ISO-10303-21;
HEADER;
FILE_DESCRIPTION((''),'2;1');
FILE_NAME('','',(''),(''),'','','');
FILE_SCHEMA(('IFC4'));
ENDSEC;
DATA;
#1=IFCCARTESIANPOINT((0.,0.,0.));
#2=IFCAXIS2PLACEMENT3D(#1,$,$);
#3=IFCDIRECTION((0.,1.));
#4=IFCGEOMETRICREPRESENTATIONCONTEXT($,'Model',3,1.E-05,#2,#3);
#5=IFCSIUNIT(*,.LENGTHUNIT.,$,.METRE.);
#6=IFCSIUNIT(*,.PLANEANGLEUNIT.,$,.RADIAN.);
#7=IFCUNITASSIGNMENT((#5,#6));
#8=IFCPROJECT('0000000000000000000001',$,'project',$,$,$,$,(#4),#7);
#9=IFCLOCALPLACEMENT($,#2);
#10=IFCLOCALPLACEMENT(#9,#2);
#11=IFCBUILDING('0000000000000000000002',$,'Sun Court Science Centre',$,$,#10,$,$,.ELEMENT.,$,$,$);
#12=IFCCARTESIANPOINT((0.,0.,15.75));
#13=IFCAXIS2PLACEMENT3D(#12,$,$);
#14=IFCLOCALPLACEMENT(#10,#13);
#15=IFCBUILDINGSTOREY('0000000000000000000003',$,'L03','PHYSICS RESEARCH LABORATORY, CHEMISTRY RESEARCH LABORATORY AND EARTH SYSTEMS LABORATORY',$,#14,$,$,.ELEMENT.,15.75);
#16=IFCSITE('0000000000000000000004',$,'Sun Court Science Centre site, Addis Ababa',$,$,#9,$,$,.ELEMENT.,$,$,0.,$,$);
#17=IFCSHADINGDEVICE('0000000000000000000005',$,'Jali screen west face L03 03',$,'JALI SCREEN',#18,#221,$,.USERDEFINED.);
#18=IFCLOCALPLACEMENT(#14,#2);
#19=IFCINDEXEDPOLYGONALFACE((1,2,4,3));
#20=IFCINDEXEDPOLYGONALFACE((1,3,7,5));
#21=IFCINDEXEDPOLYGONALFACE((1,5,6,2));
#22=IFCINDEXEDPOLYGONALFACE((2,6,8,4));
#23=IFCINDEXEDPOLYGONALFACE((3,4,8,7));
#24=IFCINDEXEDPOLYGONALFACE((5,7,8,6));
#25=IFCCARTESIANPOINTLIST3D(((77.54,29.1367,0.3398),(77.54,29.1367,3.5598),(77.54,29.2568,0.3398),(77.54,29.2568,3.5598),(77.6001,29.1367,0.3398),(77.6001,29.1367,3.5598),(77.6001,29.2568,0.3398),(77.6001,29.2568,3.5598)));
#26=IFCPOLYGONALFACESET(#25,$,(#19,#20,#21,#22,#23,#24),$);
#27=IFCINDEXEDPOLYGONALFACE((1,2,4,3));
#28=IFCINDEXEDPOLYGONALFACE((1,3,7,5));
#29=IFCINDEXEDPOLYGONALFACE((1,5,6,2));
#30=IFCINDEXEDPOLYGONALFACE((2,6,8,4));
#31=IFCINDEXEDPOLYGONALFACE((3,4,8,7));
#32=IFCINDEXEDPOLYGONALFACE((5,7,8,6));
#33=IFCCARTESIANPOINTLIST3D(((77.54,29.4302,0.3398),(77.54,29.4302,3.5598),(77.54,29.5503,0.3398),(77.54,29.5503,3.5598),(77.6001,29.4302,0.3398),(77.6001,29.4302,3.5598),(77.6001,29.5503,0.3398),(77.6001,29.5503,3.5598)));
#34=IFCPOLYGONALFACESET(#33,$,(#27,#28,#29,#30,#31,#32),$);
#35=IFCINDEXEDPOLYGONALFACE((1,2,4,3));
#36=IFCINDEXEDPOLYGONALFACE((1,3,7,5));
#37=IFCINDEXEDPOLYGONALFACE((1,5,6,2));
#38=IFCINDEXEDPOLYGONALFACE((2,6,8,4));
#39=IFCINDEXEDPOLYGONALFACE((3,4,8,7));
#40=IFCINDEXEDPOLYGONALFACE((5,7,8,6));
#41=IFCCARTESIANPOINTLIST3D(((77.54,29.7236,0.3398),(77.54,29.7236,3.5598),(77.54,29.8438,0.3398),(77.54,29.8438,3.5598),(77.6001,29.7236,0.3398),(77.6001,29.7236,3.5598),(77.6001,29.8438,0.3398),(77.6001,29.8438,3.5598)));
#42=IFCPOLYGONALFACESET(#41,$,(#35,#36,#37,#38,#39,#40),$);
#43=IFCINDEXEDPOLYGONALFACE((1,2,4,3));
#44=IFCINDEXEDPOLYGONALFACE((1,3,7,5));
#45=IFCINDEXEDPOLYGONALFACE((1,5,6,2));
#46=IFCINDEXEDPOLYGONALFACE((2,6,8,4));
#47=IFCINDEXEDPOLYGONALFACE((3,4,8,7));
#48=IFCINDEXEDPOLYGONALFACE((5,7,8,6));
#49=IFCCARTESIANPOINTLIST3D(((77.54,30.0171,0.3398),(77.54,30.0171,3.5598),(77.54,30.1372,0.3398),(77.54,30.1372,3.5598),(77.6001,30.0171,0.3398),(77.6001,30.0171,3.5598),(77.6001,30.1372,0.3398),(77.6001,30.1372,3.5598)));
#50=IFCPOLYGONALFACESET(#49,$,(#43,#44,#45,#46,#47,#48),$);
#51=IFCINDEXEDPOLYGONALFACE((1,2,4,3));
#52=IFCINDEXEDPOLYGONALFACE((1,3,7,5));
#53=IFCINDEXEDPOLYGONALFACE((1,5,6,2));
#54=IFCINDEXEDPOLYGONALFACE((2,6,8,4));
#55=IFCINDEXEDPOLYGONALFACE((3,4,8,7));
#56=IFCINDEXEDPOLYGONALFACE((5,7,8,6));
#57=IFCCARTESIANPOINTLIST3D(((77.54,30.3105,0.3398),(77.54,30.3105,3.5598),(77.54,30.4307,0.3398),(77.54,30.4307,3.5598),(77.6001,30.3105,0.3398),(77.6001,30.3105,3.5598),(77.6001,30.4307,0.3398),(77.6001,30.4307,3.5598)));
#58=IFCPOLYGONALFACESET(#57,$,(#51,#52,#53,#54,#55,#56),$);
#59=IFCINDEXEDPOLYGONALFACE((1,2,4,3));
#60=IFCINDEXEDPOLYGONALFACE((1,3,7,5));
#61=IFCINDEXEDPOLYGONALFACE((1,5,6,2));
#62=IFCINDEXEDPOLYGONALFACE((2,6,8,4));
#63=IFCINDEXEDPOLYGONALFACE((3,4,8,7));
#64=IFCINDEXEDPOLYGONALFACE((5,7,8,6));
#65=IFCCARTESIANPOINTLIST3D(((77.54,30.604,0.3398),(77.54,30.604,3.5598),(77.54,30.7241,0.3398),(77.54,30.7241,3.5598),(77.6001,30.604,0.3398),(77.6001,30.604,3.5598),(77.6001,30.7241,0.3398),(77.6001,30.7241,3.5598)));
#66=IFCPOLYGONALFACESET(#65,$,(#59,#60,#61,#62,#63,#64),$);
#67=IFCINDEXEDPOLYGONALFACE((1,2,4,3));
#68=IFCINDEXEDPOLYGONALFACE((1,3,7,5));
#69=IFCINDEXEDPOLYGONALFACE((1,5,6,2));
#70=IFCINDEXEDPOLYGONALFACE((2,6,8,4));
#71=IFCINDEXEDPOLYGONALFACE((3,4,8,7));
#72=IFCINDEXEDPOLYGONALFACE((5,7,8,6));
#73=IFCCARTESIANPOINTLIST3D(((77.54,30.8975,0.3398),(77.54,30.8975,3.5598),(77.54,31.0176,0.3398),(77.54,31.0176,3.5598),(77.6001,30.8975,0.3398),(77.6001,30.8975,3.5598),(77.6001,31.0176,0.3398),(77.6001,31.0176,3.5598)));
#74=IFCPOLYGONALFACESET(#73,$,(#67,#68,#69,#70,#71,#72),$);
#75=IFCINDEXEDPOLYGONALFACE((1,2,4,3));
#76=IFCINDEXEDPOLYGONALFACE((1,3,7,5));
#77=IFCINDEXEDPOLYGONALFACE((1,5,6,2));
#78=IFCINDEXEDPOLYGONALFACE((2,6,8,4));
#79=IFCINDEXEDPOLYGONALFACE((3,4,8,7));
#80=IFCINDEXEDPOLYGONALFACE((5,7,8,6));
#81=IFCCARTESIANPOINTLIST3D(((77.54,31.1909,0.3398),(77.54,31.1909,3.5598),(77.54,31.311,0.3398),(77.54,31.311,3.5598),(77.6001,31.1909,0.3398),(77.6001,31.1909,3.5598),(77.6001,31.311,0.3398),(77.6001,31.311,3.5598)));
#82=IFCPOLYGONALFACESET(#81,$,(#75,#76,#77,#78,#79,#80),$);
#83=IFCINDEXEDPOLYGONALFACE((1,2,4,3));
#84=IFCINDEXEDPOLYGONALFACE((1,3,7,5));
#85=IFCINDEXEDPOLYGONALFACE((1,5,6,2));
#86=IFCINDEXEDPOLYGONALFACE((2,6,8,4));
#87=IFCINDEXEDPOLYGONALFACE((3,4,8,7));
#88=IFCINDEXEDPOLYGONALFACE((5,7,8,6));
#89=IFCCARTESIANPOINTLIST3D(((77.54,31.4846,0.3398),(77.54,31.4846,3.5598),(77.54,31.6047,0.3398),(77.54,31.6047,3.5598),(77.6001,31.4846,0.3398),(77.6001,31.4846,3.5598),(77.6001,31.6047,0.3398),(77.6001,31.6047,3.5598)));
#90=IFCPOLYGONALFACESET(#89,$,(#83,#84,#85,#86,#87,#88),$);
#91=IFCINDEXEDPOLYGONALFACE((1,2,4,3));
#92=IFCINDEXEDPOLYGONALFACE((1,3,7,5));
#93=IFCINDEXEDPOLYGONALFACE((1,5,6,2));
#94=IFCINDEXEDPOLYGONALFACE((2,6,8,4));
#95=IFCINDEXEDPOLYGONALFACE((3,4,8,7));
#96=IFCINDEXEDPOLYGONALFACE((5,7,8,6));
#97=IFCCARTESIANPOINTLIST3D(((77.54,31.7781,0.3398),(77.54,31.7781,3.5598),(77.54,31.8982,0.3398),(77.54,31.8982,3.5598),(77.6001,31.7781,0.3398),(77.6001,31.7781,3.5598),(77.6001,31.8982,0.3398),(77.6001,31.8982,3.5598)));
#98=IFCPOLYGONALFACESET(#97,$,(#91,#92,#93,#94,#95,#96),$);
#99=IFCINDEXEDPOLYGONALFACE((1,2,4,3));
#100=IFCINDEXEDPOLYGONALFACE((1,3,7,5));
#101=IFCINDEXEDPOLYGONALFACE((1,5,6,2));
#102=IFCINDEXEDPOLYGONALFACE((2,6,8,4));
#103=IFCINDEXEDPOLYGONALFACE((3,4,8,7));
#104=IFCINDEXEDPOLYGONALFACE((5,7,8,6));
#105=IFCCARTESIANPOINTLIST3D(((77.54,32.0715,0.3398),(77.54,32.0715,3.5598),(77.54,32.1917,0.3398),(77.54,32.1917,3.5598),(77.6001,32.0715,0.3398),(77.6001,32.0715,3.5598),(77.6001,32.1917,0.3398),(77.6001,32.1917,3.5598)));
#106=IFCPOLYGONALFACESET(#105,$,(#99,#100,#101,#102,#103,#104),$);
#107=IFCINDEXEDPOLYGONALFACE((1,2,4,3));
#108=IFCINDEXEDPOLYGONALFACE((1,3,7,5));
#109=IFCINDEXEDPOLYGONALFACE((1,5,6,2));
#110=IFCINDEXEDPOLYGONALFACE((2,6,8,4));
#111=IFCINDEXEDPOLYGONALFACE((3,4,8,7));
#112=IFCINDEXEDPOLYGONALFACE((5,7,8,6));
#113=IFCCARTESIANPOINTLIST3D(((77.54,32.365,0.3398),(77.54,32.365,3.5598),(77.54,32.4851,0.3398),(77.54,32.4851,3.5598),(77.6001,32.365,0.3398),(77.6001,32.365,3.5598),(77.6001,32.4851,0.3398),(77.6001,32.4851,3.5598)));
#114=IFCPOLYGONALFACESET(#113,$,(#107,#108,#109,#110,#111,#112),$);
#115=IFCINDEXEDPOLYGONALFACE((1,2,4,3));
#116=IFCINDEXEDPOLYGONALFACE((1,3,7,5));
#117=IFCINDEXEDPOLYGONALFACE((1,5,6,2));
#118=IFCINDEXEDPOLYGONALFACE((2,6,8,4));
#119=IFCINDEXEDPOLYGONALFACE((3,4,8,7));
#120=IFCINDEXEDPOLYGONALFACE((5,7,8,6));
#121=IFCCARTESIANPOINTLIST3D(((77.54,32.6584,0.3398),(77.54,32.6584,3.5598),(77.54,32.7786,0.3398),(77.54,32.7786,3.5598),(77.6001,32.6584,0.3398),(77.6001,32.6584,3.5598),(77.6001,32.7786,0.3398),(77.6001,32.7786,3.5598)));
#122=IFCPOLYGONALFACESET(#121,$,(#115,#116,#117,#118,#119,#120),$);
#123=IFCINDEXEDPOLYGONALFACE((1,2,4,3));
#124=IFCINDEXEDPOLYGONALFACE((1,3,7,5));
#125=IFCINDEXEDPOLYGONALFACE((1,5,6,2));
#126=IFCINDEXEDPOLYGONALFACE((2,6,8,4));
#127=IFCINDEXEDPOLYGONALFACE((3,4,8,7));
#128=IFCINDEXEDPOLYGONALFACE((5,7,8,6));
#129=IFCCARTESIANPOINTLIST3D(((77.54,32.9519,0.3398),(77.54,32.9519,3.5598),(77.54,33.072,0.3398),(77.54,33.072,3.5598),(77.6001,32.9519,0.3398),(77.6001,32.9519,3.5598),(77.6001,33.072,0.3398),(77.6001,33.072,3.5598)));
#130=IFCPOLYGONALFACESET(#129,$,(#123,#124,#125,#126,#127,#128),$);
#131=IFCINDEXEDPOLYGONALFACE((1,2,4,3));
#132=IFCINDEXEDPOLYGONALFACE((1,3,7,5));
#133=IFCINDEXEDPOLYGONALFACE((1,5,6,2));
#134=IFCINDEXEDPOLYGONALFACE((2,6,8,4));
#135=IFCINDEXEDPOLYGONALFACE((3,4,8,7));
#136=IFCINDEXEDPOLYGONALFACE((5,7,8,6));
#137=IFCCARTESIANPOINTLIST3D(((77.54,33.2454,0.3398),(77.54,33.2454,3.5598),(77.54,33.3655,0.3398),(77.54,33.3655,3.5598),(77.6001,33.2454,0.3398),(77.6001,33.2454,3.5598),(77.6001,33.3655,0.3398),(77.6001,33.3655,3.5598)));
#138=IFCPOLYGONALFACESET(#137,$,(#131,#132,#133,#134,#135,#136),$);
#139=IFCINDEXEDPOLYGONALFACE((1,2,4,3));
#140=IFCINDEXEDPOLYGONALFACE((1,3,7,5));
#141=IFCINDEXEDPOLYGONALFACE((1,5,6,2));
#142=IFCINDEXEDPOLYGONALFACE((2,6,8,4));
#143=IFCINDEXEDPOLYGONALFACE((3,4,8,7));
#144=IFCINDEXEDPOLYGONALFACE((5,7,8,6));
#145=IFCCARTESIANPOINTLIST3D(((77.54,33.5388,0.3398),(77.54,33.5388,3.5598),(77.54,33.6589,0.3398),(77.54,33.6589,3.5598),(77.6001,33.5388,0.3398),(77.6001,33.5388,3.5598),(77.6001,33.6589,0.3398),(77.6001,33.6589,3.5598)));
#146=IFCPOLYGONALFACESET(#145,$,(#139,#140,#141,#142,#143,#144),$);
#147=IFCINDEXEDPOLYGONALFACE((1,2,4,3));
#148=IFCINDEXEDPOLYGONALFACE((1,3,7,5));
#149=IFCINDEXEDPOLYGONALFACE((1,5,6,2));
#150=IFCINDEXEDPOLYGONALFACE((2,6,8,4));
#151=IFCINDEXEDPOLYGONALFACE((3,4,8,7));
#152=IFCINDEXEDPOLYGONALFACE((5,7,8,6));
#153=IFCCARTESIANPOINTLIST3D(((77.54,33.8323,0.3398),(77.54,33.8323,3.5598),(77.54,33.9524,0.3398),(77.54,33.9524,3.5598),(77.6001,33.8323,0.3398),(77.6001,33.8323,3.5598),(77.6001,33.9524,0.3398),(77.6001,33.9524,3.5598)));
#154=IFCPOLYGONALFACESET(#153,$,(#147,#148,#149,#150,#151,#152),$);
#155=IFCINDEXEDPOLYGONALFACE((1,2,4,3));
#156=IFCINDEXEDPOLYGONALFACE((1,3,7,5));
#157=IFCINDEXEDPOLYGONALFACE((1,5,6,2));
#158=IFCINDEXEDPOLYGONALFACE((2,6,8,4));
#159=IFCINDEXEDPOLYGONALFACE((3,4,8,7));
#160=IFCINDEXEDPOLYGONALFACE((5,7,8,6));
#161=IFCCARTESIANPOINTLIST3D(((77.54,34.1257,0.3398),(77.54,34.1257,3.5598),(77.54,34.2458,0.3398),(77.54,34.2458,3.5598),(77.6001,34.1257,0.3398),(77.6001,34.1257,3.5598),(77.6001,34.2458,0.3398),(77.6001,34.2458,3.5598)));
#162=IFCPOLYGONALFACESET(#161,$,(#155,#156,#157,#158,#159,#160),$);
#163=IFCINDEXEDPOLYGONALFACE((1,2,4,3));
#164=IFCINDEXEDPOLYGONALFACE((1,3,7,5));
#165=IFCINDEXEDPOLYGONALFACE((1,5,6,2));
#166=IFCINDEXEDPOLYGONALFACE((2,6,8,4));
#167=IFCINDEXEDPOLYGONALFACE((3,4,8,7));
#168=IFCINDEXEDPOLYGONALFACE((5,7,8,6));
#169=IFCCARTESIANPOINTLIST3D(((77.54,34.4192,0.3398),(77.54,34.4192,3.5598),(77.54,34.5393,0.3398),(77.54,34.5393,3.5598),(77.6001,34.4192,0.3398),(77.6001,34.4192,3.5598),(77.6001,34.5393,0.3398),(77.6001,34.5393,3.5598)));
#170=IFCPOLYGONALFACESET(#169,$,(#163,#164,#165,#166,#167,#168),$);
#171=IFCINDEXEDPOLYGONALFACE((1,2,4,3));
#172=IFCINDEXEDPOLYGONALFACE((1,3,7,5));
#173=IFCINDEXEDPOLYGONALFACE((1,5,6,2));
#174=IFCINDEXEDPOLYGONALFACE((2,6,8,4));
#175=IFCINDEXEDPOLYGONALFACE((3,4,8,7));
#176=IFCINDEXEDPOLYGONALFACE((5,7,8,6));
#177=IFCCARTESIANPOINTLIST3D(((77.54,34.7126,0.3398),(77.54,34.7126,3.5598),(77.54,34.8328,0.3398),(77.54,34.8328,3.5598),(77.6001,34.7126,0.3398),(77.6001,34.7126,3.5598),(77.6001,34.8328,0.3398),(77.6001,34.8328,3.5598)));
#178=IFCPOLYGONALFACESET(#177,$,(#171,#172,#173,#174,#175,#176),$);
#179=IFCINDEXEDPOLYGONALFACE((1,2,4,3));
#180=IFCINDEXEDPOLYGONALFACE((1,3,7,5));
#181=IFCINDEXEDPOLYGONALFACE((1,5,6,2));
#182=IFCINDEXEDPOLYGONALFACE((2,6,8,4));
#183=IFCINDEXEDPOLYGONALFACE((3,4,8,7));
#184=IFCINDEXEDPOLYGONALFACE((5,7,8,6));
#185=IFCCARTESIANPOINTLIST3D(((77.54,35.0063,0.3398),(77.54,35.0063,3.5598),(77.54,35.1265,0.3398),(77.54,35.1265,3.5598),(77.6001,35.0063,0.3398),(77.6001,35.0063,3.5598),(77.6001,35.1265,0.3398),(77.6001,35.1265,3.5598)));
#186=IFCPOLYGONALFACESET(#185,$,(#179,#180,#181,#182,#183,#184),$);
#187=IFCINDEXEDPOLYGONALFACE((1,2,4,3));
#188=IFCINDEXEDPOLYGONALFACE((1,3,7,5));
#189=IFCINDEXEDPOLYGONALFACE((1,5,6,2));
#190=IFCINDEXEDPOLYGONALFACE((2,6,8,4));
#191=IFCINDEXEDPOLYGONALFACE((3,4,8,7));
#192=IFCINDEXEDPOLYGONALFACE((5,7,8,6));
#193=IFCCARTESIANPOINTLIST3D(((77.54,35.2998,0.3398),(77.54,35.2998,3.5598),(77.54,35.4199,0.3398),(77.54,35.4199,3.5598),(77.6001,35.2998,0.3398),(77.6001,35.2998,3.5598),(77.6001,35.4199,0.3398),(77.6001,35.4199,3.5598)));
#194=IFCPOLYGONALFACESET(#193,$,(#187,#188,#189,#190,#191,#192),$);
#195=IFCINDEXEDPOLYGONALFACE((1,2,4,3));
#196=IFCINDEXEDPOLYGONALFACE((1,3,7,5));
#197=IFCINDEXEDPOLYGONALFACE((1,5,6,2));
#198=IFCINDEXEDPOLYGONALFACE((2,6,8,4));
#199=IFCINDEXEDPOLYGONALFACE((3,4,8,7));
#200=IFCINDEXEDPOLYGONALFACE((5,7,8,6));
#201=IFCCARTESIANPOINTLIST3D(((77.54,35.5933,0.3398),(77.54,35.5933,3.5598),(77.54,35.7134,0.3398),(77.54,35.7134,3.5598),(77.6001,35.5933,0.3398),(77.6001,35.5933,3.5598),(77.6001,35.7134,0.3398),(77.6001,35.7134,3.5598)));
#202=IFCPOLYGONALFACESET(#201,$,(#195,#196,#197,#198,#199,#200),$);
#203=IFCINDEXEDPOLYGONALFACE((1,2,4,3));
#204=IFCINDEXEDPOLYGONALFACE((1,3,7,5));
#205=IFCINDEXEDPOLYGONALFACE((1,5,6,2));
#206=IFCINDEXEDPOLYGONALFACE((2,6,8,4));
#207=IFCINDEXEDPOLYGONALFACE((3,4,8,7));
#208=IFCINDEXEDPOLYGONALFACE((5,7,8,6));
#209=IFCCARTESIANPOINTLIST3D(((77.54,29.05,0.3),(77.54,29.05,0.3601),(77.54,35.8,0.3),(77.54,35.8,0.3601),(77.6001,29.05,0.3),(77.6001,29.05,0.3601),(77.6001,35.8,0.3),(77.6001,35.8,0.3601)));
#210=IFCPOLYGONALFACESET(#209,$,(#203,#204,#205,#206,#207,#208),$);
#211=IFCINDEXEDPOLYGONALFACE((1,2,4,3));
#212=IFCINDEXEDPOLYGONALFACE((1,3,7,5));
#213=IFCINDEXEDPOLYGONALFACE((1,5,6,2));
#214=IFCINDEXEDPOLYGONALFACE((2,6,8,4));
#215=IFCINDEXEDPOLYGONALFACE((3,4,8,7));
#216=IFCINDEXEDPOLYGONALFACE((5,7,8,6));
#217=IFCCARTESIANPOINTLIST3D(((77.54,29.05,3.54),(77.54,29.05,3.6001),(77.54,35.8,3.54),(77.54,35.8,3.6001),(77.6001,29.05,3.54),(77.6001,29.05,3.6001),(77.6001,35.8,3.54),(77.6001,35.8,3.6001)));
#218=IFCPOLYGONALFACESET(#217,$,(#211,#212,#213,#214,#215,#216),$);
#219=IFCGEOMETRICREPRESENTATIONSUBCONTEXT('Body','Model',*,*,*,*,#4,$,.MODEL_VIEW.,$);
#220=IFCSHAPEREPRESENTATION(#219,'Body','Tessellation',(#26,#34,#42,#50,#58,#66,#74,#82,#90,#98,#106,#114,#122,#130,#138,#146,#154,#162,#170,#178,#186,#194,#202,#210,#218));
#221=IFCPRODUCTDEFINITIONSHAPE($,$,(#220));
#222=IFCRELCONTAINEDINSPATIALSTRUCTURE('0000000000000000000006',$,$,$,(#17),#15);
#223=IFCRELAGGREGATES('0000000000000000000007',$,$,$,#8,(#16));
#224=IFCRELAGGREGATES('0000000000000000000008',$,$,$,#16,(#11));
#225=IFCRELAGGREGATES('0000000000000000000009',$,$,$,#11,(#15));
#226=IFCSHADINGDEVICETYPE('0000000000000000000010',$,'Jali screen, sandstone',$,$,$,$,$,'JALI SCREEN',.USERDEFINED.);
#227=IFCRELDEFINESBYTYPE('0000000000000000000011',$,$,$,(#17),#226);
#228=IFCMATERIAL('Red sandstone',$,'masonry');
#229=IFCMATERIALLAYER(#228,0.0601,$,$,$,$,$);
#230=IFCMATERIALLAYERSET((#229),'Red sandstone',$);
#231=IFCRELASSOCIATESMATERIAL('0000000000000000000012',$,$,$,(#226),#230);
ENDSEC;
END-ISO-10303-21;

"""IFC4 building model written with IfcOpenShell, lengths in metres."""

from ifc_helpers import new_model, si_unit, direction, frame, origin, origin_2d, place, context, subcontext, project, spatial, rectangle, extrude, material, layer, layer_set, type_object, element, save


model = new_model("IFC4")

# Units and contexts
model_context = context("Model", 3, precision=1e-05, world=origin(), true_north=direction((0.0, 1.0)))
body_context = subcontext(model_context, "Body", "Model", "MODEL_VIEW")
ifc_project = project(units=[si_unit("LENGTHUNIT", "METRE"), si_unit("PLANEANGLEUNIT", "RADIAN")], contexts=[model_context])

# Site, building, storey
site_placement = place(None, origin())
site = spatial("IfcSite", under=ifc_project, at=site_placement, Name="Sun Court Science Centre site, Addis Ababa", CompositionType="ELEMENT", RefElevation=0.0)
building_placement = place(site_placement, origin())
building = spatial("IfcBuilding", under=site, at=building_placement, Name="Sun Court Science Centre", CompositionType="ELEMENT")
storey_placement = place(building_placement, frame((0.0, 0.0, 15.75)))
storey = spatial("IfcBuildingStorey", under=building, at=storey_placement, Name="L03", Description="PHYSICS RESEARCH LABORATORY, CHEMISTRY RESEARCH LABORATORY AND EARTH SYSTEMS LABORATORY", CompositionType="ELEMENT", Elevation=15.75)

# Shading device
ifc_material_1 = material(Name="Red sandstone", Category="masonry")
ifc_layer_1 = layer(ifc_material_1, 0.0601)
ifc_layer_set_1 = layer_set([ifc_layer_1], Name="Red sandstone")
shading_device_type = type_object("IfcShadingDeviceType", Name="Jali screen, sandstone", ElementType="JALI SCREEN", PredefinedType="USERDEFINED", material=ifc_layer_set_1)
shading_device_1_placement = place(storey_placement, frame((0.0, 0.0, -15.75)))
element("IfcShadingDevice", 1, at=shading_device_1_placement, inside=storey, type_object=shading_device_type, Name="Jali screen west face L03 03", ObjectType="JALI SCREEN", PredefinedType="USERDEFINED", context=body_context, shape_type="SweptSolid", body=[
    extrude(rectangle(XDim=0.1201, YDim=0.0601, at=origin_2d()), frame((77.5701, 29.1968, 16.0898), z_axis=(0.0, 0.0, 1.0), x_axis=(0.0, 1.0, 0.0)), (0.0, 0.0, 1.0), 3.22),
    extrude(rectangle(XDim=0.1201, YDim=0.0601, at=origin_2d()), frame((77.5701, 29.4902, 16.0898), z_axis=(0.0, 0.0, 1.0), x_axis=(0.0, 1.0, 0.0)), (0.0, 0.0, 1.0), 3.22),
    extrude(rectangle(XDim=0.1201, YDim=0.0601, at=origin_2d()), frame((77.5701, 29.7837, 16.0898), z_axis=(0.0, 0.0, 1.0), x_axis=(0.0, 1.0, 0.0)), (0.0, 0.0, 1.0), 3.22),
    extrude(rectangle(XDim=0.1201, YDim=0.0601, at=origin_2d()), frame((77.5701, 30.0771, 16.0898), z_axis=(0.0, 0.0, 1.0), x_axis=(0.0, 1.0, 0.0)), (0.0, 0.0, 1.0), 3.22),
    extrude(rectangle(XDim=0.1201, YDim=0.0601, at=origin_2d()), frame((77.5701, 30.3706, 16.0898), z_axis=(0.0, 0.0, 1.0), x_axis=(0.0, 1.0, 0.0)), (0.0, 0.0, 1.0), 3.22),
    extrude(rectangle(XDim=0.1201, YDim=0.0601, at=origin_2d()), frame((77.5701, 30.6641, 16.0898), z_axis=(0.0, 0.0, 1.0), x_axis=(0.0, 1.0, 0.0)), (0.0, 0.0, 1.0), 3.22),
    extrude(rectangle(XDim=0.1201, YDim=0.0601, at=origin_2d()), frame((77.5701, 30.9575, 16.0898), z_axis=(0.0, 0.0, 1.0), x_axis=(0.0, 1.0, 0.0)), (0.0, 0.0, 1.0), 3.22),
    extrude(rectangle(XDim=0.1201, YDim=0.0601, at=origin_2d()), frame((77.5701, 31.251, 16.0898), z_axis=(0.0, 0.0, 1.0), x_axis=(0.0, 1.0, 0.0)), (0.0, 0.0, 1.0), 3.22),
    extrude(rectangle(XDim=0.1201, YDim=0.0601, at=origin_2d()), frame((77.5701, 31.5447, 16.0898), z_axis=(0.0, 0.0, 1.0), x_axis=(0.0, 1.0, 0.0)), (0.0, 0.0, 1.0), 3.22),
    extrude(rectangle(XDim=0.1201, YDim=0.0601, at=origin_2d()), frame((77.5701, 31.8381, 16.0898), z_axis=(0.0, 0.0, 1.0), x_axis=(0.0, 1.0, 0.0)), (0.0, 0.0, 1.0), 3.22),
    extrude(rectangle(XDim=0.1201, YDim=0.0601, at=origin_2d()), frame((77.5701, 32.1316, 16.0898), z_axis=(0.0, 0.0, 1.0), x_axis=(0.0, 1.0, 0.0)), (0.0, 0.0, 1.0), 3.22),
    extrude(rectangle(XDim=0.1201, YDim=0.0601, at=origin_2d()), frame((77.5701, 32.425, 16.0898), z_axis=(0.0, 0.0, 1.0), x_axis=(0.0, 1.0, 0.0)), (0.0, 0.0, 1.0), 3.22),
    extrude(rectangle(XDim=0.1201, YDim=0.0601, at=origin_2d()), frame((77.5701, 32.7185, 16.0898), z_axis=(0.0, 0.0, 1.0), x_axis=(0.0, 1.0, 0.0)), (0.0, 0.0, 1.0), 3.22),
    extrude(rectangle(XDim=0.1201, YDim=0.0601, at=origin_2d()), frame((77.5701, 33.012, 16.0898), z_axis=(0.0, 0.0, 1.0), x_axis=(0.0, 1.0, 0.0)), (0.0, 0.0, 1.0), 3.22),
    extrude(rectangle(XDim=0.1201, YDim=0.0601, at=origin_2d()), frame((77.5701, 33.3054, 16.0898), z_axis=(0.0, 0.0, 1.0), x_axis=(0.0, 1.0, 0.0)), (0.0, 0.0, 1.0), 3.22),
    extrude(rectangle(XDim=0.1201, YDim=0.0601, at=origin_2d()), frame((77.5701, 33.5989, 16.0898), z_axis=(0.0, 0.0, 1.0), x_axis=(0.0, 1.0, 0.0)), (0.0, 0.0, 1.0), 3.22),
    extrude(rectangle(XDim=0.1201, YDim=0.0601, at=origin_2d()), frame((77.5701, 33.8923, 16.0898), z_axis=(0.0, 0.0, 1.0), x_axis=(0.0, 1.0, 0.0)), (0.0, 0.0, 1.0), 3.22),
    extrude(rectangle(XDim=0.1201, YDim=0.0601, at=origin_2d()), frame((77.5701, 34.1858, 16.0898), z_axis=(0.0, 0.0, 1.0), x_axis=(0.0, 1.0, 0.0)), (0.0, 0.0, 1.0), 3.22),
    extrude(rectangle(XDim=0.1201, YDim=0.0601, at=origin_2d()), frame((77.5701, 34.4792, 16.0898), z_axis=(0.0, 0.0, 1.0), x_axis=(0.0, 1.0, 0.0)), (0.0, 0.0, 1.0), 3.22),
    extrude(rectangle(XDim=0.1201, YDim=0.0601, at=origin_2d()), frame((77.5701, 34.7727, 16.0898), z_axis=(0.0, 0.0, 1.0), x_axis=(0.0, 1.0, 0.0)), (0.0, 0.0, 1.0), 3.22),
    extrude(rectangle(XDim=0.1201, YDim=0.0601, at=origin_2d()), frame((77.5701, 35.0664, 16.0898), z_axis=(0.0, 0.0, 1.0), x_axis=(0.0, 1.0, 0.0)), (0.0, 0.0, 1.0), 3.22),
    extrude(rectangle(XDim=0.1201, YDim=0.0601, at=origin_2d()), frame((77.5701, 35.3599, 16.0898), z_axis=(0.0, 0.0, 1.0), x_axis=(0.0, 1.0, 0.0)), (0.0, 0.0, 1.0), 3.22),
    extrude(rectangle(XDim=0.1201, YDim=0.0601, at=origin_2d()), frame((77.5701, 35.6533, 16.0898), z_axis=(0.0, 0.0, 1.0), x_axis=(0.0, 1.0, 0.0)), (0.0, 0.0, 1.0), 3.22),
    extrude(rectangle(XDim=6.75, YDim=0.0601, at=origin_2d()), frame((77.5701, 32.425, 16.05), z_axis=(0.0, 0.0, 1.0), x_axis=(0.0, 1.0, 0.0)), (0.0, 0.0, 1.0), 0.0601),
    extrude(rectangle(XDim=6.75, YDim=0.0601, at=origin_2d()), frame((77.5701, 32.425, 19.29), z_axis=(0.0, 0.0, 1.0), x_axis=(0.0, 1.0, 0.0)), (0.0, 0.0, 1.0), 0.0601),
])

save(model, "model.ifc")
